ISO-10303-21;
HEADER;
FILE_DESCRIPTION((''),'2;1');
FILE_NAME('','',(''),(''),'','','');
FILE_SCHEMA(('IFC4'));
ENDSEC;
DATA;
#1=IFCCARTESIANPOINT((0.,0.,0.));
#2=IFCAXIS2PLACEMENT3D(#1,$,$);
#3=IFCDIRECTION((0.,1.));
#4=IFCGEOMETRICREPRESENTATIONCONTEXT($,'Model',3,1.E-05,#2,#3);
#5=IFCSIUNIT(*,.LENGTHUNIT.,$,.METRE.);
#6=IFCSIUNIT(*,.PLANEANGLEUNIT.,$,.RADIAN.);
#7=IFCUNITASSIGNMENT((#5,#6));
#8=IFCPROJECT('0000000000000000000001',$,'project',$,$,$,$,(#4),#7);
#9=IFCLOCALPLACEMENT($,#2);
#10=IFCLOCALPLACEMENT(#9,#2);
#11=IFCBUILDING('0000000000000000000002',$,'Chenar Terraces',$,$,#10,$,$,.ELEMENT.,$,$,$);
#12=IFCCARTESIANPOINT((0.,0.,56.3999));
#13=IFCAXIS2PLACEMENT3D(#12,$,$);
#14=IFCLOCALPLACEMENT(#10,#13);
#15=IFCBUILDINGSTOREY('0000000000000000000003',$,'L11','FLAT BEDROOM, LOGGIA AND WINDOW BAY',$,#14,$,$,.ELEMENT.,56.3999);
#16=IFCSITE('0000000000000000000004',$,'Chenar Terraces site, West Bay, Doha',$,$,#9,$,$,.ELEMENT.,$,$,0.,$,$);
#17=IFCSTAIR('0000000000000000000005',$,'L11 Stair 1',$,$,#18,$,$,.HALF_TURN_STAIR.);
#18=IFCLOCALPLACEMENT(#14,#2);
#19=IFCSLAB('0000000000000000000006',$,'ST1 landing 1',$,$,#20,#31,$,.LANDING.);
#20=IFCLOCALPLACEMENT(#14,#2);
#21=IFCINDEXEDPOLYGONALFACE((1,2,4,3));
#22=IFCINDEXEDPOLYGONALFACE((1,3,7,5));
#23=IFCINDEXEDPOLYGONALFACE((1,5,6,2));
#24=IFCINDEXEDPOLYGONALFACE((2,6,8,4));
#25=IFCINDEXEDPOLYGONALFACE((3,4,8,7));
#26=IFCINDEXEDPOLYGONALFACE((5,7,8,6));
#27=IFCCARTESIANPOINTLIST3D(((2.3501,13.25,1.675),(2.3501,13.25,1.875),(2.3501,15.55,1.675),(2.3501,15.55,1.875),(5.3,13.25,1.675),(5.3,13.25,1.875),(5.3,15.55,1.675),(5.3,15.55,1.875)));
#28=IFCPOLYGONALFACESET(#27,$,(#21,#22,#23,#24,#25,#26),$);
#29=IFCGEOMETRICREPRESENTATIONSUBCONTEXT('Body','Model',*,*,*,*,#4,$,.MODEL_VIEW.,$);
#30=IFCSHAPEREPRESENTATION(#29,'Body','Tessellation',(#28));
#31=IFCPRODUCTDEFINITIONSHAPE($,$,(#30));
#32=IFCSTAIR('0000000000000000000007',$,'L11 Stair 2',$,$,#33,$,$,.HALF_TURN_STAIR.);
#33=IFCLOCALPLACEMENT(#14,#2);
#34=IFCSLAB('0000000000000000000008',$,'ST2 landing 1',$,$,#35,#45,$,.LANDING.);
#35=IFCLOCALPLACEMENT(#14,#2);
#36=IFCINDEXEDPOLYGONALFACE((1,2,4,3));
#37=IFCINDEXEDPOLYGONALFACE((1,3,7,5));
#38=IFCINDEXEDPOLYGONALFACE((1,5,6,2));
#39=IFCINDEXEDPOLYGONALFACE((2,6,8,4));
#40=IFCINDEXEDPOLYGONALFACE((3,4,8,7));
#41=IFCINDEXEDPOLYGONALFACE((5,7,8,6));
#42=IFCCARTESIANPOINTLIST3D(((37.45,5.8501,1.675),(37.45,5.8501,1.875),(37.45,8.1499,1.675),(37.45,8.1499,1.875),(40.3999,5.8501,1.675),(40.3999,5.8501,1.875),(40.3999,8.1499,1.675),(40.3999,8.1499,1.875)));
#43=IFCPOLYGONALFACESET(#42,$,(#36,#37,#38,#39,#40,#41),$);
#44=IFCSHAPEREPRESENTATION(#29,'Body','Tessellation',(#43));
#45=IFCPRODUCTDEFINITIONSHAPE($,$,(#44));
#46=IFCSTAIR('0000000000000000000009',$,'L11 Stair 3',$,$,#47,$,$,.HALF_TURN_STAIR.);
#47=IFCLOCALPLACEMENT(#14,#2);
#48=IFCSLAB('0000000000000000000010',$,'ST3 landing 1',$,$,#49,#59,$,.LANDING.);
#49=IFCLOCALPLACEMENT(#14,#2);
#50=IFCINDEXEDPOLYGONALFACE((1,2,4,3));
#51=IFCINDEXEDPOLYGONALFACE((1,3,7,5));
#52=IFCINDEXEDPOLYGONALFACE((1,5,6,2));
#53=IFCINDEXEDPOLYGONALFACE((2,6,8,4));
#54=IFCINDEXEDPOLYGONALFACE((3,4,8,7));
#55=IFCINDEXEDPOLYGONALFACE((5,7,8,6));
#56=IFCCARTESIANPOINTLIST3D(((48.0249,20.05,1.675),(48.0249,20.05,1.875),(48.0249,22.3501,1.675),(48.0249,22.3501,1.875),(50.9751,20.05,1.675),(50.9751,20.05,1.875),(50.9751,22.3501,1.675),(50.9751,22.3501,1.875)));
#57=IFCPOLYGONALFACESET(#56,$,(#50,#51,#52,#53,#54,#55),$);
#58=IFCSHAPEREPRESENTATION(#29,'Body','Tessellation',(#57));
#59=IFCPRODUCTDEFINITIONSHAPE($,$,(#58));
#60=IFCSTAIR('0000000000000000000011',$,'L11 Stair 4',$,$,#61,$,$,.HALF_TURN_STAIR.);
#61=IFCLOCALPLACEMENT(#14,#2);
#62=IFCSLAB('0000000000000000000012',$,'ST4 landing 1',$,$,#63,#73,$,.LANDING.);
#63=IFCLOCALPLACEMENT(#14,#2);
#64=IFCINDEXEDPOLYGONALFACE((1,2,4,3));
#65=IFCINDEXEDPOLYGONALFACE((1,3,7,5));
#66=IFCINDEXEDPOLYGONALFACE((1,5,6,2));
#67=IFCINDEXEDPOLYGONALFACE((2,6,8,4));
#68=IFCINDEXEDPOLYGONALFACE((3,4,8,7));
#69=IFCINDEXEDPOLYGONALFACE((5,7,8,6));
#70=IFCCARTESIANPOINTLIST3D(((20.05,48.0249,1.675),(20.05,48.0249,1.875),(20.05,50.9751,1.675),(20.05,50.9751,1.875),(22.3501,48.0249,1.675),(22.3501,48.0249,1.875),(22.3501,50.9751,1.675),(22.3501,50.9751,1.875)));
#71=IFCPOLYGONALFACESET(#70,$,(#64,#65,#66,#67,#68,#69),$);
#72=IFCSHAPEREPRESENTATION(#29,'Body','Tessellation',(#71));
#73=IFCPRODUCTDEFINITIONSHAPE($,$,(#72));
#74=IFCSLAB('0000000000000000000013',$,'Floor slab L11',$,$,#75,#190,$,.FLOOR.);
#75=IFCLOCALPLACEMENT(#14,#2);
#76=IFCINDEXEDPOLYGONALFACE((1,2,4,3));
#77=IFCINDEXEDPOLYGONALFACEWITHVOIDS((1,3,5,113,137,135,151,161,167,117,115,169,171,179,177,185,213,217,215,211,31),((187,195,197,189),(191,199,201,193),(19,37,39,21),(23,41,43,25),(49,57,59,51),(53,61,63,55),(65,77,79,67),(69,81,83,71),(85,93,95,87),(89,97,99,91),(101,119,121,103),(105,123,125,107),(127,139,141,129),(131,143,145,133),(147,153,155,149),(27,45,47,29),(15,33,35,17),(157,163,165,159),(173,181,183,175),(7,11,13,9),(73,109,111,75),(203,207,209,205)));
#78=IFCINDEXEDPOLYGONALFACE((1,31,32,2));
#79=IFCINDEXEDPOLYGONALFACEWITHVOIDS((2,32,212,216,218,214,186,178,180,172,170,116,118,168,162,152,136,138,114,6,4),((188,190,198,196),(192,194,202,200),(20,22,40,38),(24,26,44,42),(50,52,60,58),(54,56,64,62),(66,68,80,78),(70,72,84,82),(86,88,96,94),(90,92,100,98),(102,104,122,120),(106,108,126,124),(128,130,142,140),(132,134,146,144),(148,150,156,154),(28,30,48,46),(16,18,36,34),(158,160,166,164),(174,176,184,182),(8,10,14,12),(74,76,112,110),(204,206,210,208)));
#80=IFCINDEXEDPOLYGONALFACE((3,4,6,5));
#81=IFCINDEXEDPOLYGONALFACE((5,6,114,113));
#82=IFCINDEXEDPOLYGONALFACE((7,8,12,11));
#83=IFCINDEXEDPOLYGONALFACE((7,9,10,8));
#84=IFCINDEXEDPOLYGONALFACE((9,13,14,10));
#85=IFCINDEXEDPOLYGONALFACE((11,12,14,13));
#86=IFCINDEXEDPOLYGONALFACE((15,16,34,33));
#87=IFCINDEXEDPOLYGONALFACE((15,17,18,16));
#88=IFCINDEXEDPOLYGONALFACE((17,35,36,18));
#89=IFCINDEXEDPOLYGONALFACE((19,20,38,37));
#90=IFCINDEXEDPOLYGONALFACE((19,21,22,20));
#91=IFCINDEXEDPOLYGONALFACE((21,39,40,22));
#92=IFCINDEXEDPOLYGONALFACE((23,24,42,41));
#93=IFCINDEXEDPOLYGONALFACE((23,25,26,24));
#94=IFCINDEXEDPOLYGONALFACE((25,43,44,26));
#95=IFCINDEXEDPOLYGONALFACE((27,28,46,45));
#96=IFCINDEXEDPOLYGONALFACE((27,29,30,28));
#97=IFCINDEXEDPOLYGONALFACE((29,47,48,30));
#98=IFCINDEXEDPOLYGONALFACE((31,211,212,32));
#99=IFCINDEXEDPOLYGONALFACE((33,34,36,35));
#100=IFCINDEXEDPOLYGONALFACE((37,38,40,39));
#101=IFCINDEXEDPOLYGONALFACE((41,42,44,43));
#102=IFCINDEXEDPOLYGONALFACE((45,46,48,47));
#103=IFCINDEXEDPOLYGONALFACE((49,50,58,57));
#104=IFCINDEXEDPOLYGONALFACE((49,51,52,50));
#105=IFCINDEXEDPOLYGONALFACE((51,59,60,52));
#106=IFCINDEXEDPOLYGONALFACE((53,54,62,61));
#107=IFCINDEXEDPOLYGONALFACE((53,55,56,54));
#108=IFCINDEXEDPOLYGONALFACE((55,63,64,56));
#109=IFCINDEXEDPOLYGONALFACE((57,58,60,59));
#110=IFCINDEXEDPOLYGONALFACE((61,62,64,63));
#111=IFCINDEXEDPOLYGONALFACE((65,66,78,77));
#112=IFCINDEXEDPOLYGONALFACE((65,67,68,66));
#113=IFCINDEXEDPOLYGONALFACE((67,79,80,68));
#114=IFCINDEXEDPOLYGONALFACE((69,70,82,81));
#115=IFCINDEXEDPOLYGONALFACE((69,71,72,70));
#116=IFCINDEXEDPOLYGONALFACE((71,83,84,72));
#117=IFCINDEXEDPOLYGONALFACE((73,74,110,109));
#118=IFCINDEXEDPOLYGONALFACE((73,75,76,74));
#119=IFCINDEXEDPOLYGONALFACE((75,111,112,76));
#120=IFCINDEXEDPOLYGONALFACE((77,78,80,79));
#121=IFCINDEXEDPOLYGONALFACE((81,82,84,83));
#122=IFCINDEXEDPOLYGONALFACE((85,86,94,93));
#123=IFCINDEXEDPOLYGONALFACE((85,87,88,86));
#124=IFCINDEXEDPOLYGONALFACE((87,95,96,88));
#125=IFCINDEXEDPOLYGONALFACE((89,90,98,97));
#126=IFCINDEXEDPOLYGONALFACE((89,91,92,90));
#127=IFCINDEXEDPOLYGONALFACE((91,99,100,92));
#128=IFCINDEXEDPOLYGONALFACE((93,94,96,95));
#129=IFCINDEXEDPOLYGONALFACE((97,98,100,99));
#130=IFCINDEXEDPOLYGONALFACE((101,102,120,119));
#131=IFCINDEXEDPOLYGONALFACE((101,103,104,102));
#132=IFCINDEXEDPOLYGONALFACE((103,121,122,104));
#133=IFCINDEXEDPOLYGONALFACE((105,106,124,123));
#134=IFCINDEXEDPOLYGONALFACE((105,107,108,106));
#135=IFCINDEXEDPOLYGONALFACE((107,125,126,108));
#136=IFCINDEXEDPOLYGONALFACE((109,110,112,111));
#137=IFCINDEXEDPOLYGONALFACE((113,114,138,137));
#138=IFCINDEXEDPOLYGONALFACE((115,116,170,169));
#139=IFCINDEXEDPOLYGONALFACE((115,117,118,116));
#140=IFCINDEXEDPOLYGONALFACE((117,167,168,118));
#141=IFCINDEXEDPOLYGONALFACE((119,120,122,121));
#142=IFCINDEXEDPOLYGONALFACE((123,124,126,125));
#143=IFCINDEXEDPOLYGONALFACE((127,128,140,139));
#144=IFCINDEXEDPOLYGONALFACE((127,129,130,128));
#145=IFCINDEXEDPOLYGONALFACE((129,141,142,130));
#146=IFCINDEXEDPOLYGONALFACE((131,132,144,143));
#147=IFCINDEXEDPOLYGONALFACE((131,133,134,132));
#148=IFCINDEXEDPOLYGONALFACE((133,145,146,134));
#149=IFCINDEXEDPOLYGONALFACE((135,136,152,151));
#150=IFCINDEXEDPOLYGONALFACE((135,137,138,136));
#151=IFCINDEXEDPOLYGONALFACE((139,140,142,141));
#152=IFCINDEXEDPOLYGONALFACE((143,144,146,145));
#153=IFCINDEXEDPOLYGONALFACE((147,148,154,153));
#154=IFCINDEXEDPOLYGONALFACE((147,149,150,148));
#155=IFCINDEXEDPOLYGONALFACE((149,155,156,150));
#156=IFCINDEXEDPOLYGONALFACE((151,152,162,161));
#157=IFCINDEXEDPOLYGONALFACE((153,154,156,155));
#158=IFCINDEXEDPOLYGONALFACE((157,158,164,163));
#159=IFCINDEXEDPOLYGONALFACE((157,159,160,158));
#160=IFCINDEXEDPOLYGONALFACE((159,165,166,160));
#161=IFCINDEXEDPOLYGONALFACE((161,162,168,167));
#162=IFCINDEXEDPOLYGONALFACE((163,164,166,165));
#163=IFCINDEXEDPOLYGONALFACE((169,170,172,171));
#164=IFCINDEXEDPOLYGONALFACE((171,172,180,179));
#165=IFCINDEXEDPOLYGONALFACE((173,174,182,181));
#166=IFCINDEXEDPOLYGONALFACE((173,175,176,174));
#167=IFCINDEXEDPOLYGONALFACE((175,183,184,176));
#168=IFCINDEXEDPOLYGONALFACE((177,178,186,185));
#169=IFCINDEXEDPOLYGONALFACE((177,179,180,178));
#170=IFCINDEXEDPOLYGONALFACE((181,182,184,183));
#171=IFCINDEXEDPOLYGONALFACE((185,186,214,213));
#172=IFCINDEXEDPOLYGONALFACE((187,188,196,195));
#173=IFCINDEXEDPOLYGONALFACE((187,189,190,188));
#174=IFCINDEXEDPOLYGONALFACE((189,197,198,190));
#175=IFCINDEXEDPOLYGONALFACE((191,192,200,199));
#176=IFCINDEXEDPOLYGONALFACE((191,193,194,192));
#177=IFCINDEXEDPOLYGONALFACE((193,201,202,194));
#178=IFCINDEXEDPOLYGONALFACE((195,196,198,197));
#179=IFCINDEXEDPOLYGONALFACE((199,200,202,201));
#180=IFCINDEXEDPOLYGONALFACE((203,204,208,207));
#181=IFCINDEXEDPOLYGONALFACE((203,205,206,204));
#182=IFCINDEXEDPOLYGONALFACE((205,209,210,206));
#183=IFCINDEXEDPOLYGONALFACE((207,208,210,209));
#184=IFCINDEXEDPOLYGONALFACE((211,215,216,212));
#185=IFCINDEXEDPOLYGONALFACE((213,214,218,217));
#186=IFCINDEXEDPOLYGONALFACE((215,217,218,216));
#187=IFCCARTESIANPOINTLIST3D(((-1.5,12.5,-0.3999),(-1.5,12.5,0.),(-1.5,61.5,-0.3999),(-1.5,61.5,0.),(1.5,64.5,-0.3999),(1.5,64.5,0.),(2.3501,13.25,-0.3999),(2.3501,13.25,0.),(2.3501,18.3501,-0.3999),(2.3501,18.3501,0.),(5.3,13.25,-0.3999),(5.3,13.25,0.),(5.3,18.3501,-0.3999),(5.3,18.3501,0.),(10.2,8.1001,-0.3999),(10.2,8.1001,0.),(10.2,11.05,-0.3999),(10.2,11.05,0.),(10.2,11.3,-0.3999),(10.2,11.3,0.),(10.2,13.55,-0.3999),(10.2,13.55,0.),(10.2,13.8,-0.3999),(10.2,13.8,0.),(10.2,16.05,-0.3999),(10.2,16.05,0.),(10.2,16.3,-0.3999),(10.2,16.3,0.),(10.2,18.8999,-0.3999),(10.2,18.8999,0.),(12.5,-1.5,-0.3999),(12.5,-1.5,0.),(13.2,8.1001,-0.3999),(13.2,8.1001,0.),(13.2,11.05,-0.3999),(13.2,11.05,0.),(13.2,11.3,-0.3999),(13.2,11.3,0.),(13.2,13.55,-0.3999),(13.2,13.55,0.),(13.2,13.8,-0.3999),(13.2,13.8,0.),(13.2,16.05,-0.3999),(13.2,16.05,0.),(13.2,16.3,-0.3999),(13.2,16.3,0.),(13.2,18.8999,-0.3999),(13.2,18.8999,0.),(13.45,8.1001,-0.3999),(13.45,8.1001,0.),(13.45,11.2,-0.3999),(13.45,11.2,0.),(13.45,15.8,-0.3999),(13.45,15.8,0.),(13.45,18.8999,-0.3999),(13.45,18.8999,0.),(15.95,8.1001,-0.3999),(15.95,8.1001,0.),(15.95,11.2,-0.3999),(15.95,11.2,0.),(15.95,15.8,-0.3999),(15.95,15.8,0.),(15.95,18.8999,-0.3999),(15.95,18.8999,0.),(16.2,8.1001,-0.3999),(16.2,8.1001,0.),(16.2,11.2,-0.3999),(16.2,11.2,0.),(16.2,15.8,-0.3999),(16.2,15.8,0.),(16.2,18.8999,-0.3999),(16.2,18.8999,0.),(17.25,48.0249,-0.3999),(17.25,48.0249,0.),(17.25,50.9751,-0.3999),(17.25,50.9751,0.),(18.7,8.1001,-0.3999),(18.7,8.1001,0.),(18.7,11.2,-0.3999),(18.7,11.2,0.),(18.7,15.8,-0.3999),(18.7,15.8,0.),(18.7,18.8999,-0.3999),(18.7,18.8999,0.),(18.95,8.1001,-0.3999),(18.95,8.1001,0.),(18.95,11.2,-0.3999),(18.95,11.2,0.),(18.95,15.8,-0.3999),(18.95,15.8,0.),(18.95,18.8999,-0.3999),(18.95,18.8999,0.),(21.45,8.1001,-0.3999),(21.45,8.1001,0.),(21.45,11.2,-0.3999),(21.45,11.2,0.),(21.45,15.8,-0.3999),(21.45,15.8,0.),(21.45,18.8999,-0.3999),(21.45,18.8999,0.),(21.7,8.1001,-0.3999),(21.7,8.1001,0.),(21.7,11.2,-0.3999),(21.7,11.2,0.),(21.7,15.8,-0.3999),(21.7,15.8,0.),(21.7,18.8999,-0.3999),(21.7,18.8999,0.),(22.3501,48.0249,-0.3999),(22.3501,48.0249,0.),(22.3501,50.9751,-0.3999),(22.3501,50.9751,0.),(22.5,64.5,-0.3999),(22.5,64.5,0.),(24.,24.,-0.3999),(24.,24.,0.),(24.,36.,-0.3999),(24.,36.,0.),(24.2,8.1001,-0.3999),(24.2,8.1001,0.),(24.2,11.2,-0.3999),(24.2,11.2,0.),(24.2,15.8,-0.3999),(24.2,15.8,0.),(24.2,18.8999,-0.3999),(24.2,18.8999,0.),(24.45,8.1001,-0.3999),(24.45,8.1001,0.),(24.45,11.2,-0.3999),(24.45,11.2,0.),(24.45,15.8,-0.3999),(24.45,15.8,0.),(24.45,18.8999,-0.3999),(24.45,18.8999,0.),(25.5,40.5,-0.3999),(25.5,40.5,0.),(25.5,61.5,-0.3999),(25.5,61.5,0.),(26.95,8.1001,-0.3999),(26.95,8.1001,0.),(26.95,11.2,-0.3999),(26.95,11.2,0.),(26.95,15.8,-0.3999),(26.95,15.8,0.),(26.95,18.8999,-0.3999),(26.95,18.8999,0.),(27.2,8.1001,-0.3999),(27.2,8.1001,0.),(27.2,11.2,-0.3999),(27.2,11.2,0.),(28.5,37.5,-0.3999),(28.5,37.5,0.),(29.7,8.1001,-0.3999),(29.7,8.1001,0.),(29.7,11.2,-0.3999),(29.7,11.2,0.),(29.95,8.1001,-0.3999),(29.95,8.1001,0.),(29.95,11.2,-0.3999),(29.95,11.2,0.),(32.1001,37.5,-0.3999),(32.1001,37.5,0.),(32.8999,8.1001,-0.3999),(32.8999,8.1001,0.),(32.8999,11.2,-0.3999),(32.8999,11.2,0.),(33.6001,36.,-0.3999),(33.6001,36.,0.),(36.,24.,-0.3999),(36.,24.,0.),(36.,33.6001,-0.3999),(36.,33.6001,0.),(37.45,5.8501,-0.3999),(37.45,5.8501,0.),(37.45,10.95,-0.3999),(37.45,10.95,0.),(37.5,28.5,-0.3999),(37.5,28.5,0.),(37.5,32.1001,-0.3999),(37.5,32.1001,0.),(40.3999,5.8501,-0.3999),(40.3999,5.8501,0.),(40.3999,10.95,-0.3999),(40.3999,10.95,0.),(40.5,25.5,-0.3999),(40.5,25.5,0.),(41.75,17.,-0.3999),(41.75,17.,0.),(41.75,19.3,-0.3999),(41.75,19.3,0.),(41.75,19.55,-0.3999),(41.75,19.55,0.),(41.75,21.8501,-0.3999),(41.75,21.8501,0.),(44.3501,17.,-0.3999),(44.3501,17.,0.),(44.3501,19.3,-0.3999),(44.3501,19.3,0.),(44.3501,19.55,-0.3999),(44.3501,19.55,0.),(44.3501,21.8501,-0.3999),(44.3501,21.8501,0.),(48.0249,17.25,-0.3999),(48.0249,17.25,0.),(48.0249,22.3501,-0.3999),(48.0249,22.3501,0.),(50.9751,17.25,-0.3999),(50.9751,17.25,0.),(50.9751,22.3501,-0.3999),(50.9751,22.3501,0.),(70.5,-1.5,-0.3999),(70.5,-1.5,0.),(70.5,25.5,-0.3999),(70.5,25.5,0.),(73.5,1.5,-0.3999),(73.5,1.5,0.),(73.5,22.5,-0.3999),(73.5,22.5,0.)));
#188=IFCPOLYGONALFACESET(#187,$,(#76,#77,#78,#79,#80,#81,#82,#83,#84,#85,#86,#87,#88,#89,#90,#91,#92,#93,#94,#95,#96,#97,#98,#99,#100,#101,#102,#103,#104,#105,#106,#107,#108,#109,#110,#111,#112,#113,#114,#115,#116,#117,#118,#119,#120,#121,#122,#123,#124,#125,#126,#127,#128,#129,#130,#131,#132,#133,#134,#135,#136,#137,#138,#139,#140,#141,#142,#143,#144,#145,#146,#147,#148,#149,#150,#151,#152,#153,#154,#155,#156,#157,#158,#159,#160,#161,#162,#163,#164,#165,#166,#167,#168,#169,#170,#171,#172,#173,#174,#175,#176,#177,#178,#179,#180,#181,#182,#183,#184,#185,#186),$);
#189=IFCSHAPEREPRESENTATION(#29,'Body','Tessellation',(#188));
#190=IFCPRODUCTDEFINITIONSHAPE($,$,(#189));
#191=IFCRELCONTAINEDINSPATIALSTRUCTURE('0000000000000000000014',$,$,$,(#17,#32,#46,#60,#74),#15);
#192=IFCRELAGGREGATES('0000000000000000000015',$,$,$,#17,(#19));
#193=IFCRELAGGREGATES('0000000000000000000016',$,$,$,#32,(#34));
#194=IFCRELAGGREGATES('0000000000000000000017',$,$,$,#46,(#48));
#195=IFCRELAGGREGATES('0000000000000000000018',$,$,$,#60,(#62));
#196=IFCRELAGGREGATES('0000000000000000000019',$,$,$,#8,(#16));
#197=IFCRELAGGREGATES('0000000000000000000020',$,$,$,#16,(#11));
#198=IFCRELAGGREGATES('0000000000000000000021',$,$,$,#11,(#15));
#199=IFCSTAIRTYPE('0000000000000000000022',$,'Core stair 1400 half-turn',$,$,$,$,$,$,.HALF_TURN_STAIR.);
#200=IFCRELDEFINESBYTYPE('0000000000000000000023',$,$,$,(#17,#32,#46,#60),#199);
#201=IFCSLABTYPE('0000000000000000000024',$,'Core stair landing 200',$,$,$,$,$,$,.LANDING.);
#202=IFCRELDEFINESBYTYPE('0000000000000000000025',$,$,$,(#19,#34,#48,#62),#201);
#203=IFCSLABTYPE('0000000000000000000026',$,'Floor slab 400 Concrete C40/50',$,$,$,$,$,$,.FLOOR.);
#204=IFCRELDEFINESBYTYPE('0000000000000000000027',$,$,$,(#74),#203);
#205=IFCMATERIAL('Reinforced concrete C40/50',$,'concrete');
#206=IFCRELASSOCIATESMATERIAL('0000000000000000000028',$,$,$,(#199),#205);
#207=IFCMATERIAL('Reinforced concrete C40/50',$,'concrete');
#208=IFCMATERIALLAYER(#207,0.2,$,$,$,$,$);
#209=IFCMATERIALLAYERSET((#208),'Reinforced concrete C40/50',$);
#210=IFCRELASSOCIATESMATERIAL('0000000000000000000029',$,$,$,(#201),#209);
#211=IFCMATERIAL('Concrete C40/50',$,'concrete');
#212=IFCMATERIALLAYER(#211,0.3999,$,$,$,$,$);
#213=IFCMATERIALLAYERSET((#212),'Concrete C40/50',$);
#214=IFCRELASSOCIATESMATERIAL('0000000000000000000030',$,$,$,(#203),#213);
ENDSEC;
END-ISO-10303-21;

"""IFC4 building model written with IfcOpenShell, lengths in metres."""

from ifc_helpers import new_model, si_unit, direction, frame, origin, place, context, subcontext, project, spatial, polyline, outline, extrude, material, layer, layer_set, type_object, element, aggregate, save


model = new_model("IFC4")

# Units and contexts
model_context = context("Model", 3, precision=1e-05, world=origin(), true_north=direction((0.0, 1.0)))
body_context = subcontext(model_context, "Body", "Model", "MODEL_VIEW")
ifc_project = project(units=[si_unit("LENGTHUNIT", "METRE"), si_unit("PLANEANGLEUNIT", "RADIAN")], contexts=[model_context])

# Site, building, storey
site_placement = place(None, origin())
site = spatial("IfcSite", under=ifc_project, at=site_placement, Name="Chenar Terraces site, West Bay, Doha", CompositionType="ELEMENT", RefElevation=0.0)
building_placement = place(site_placement, origin())
building = spatial("IfcBuilding", under=site, at=building_placement, Name="Chenar Terraces", CompositionType="ELEMENT")
storey_placement = place(building_placement, frame((0.0, 0.0, 56.3999)))
storey = spatial("IfcBuildingStorey", under=building, at=storey_placement, Name="L11", Description="FLAT BEDROOM, LOGGIA AND WINDOW BAY", CompositionType="ELEMENT", Elevation=56.3999)

# Stairs, slabs
ifc_material_1 = material(Name="Reinforced concrete C40/50", Category="concrete")
stair_type = type_object("IfcStairType", Name="Core stair 1400 half-turn", PredefinedType="HALF_TURN_STAIR", material=ifc_material_1)
placement_1 = place(storey_placement, origin())
stair_1 = element("IfcStair", 1, at=placement_1, inside=storey, type_object=stair_type, Name="L11 Stair 1", PredefinedType="HALF_TURN_STAIR")
ifc_material_2 = material(Name="Reinforced concrete C40/50", Category="concrete")
ifc_layer_1 = layer(ifc_material_2, 0.2)
ifc_layer_set_1 = layer_set([ifc_layer_1], Name="Reinforced concrete C40/50")
slab_type_1 = type_object("IfcSlabType", Name="Core stair landing 200", PredefinedType="LANDING", material=ifc_layer_set_1)
placement_2 = place(storey_placement, frame((0.0, 0.0, 1.675)))
slab_1 = element("IfcSlab", 2, at=placement_2, type_object=slab_type_1, Name="ST1 landing 1", PredefinedType="LANDING", context=body_context, shape_type="SweptSolid", body=[
    extrude(outline(polyline([(2.3501, 15.55), (2.3501, 13.25), (5.3, 13.25), (5.3, 15.55), (2.3501, 15.55)])), origin(), (0.0, 0.0, 1.0), 0.2),
])
aggregate(stair_1, [slab_1])
stair_2 = element("IfcStair", 3, at=placement_1, inside=storey, type_object=stair_type, Name="L11 Stair 2", PredefinedType="HALF_TURN_STAIR")
slab_2 = element("IfcSlab", 4, at=placement_2, type_object=slab_type_1, Name="ST2 landing 1", PredefinedType="LANDING", context=body_context, shape_type="SweptSolid", body=[
    extrude(outline(polyline([(37.45, 8.1499), (37.45, 5.8501), (40.3999, 5.8501), (40.3999, 8.1499), (37.45, 8.1499)])), origin(), (0.0, 0.0, 1.0), 0.2),
])
aggregate(stair_2, [slab_2])
stair_3 = element("IfcStair", 5, at=placement_1, inside=storey, type_object=stair_type, Name="L11 Stair 3", PredefinedType="HALF_TURN_STAIR")
slab_3 = element("IfcSlab", 6, at=placement_2, type_object=slab_type_1, Name="ST3 landing 1", PredefinedType="LANDING", context=body_context, shape_type="SweptSolid", body=[
    extrude(outline(polyline([(50.9751, 20.05), (50.9751, 22.3501), (48.0249, 22.3501), (48.0249, 20.05), (50.9751, 20.05)])), origin(), (0.0, 0.0, 1.0), 0.2),
])
aggregate(stair_3, [slab_3])
stair_4 = element("IfcStair", 7, at=placement_1, inside=storey, type_object=stair_type, Name="L11 Stair 4", PredefinedType="HALF_TURN_STAIR")
slab_4 = element("IfcSlab", 8, at=placement_2, type_object=slab_type_1, Name="ST4 landing 1", PredefinedType="LANDING", context=body_context, shape_type="SweptSolid", body=[
    extrude(outline(polyline([(20.05, 48.0249), (22.3501, 48.0249), (22.3501, 50.9751), (20.05, 50.9751), (20.05, 48.0249)])), origin(), (0.0, 0.0, 1.0), 0.2),
])
aggregate(stair_4, [slab_4])

# Slab
ifc_material_3 = material(Name="Concrete C40/50", Category="concrete")
ifc_layer_2 = layer(ifc_material_3, 0.3999)
ifc_layer_set_2 = layer_set([ifc_layer_2], Name="Concrete C40/50")
slab_type_2 = type_object("IfcSlabType", Name="Floor slab 400 Concrete C40/50", PredefinedType="FLOOR", material=ifc_layer_set_2)
slab_5_placement = place(storey_placement, frame((0.0, 0.0, -0.3999)))
element("IfcSlab", 9, at=slab_5_placement, inside=storey, type_object=slab_type_2, Name="Floor slab L11", PredefinedType="FLOOR", context=body_context, shape_type="SweptSolid", body=[
    extrude(outline(polyline([(73.5, 22.5), (73.5, 1.5), (70.5, -1.5), (12.5, -1.5), (-1.5, 12.5), (-1.5, 61.5), (1.5, 64.5), (22.5, 64.5), (25.5, 61.5), (25.5, 40.5), (28.5, 37.5), (32.1001, 37.5), (33.6001, 36.0), (24.0, 36.0), (24.0, 24.0), (36.0, 24.0), (36.0, 33.6001), (37.5, 32.1001), (37.5, 28.5), (40.5, 25.5), (70.5, 25.5), (73.5, 22.5)]), holes=[polyline([(13.2, 11.05), (10.2, 11.05), (10.2, 8.1001), (13.2, 8.1001), (13.2, 11.05)]), polyline([(15.95, 11.2), (13.45, 11.2), (13.45, 8.1001), (15.95, 8.1001), (15.95, 11.2)]), polyline([(18.7, 11.2), (16.2, 11.2), (16.2, 8.1001), (18.7, 8.1001), (18.7, 11.2)]), polyline([(21.45, 8.1001), (21.45, 11.2), (18.95, 11.2), (18.95, 8.1001), (21.45, 8.1001)]), polyline([(13.2, 11.3), (13.2, 13.55), (10.2, 13.55), (10.2, 11.3), (13.2, 11.3)]), polyline([(13.2, 16.05), (10.2, 16.05), (10.2, 13.8), (13.2, 13.8), (13.2, 16.05)]), polyline([(2.3501, 18.3501), (2.3501, 13.25), (5.3, 13.25), (5.3, 18.3501), (2.3501, 18.3501)]), polyline([(15.95, 15.8), (15.95, 18.8999), (13.45, 18.8999), (13.45, 15.8), (15.95, 15.8)]), polyline([(18.7, 18.8999), (16.2, 18.8999), (16.2, 15.8), (18.7, 15.8), (18.7, 18.8999)]), polyline([(21.45, 15.8), (21.45, 18.8999), (18.95, 18.8999), (18.95, 15.8), (21.45, 15.8)]), polyline([(13.2, 16.3), (13.2, 18.8999), (10.2, 18.8999), (10.2, 16.3), (13.2, 16.3)]), polyline([(22.3501, 48.0249), (22.3501, 50.9751), (17.25, 50.9751), (17.25, 48.0249), (22.3501, 48.0249)]), polyline([(37.45, 10.95), (37.45, 5.8501), (40.3999, 5.8501), (40.3999, 10.95), (37.45, 10.95)]), polyline([(24.2, 8.1001), (24.2, 11.2), (21.7, 11.2), (21.7, 8.1001), (24.2, 8.1001)]), polyline([(26.95, 11.2), (24.45, 11.2), (24.45, 8.1001), (26.95, 8.1001), (26.95, 11.2)]), polyline([(29.7, 8.1001), (29.7, 11.2), (27.2, 11.2), (27.2, 8.1001), (29.7, 8.1001)]), polyline([(32.8999, 8.1001), (32.8999, 11.2), (29.95, 11.2), (29.95, 8.1001), (32.8999, 8.1001)]), polyline([(24.2, 18.8999), (21.7, 18.8999), (21.7, 15.8), (24.2, 15.8), (24.2, 18.8999)]), polyline([(26.95, 15.8), (26.95, 18.8999), (24.45, 18.8999), (24.45, 15.8), (26.95, 15.8)]), polyline([(44.3501, 17.0), (44.3501, 19.3), (41.75, 19.3), (41.75, 17.0), (44.3501, 17.0)]), polyline([(50.9751, 22.3501), (48.0249, 22.3501), (48.0249, 17.25), (50.9751, 17.25), (50.9751, 22.3501)]), polyline([(44.3501, 19.55), (44.3501, 21.8501), (41.75, 21.8501), (41.75, 19.55), (44.3501, 19.55)])]), origin(), (0.0, 0.0, 1.0), 0.3999),
])

save(model, "model.ifc")
